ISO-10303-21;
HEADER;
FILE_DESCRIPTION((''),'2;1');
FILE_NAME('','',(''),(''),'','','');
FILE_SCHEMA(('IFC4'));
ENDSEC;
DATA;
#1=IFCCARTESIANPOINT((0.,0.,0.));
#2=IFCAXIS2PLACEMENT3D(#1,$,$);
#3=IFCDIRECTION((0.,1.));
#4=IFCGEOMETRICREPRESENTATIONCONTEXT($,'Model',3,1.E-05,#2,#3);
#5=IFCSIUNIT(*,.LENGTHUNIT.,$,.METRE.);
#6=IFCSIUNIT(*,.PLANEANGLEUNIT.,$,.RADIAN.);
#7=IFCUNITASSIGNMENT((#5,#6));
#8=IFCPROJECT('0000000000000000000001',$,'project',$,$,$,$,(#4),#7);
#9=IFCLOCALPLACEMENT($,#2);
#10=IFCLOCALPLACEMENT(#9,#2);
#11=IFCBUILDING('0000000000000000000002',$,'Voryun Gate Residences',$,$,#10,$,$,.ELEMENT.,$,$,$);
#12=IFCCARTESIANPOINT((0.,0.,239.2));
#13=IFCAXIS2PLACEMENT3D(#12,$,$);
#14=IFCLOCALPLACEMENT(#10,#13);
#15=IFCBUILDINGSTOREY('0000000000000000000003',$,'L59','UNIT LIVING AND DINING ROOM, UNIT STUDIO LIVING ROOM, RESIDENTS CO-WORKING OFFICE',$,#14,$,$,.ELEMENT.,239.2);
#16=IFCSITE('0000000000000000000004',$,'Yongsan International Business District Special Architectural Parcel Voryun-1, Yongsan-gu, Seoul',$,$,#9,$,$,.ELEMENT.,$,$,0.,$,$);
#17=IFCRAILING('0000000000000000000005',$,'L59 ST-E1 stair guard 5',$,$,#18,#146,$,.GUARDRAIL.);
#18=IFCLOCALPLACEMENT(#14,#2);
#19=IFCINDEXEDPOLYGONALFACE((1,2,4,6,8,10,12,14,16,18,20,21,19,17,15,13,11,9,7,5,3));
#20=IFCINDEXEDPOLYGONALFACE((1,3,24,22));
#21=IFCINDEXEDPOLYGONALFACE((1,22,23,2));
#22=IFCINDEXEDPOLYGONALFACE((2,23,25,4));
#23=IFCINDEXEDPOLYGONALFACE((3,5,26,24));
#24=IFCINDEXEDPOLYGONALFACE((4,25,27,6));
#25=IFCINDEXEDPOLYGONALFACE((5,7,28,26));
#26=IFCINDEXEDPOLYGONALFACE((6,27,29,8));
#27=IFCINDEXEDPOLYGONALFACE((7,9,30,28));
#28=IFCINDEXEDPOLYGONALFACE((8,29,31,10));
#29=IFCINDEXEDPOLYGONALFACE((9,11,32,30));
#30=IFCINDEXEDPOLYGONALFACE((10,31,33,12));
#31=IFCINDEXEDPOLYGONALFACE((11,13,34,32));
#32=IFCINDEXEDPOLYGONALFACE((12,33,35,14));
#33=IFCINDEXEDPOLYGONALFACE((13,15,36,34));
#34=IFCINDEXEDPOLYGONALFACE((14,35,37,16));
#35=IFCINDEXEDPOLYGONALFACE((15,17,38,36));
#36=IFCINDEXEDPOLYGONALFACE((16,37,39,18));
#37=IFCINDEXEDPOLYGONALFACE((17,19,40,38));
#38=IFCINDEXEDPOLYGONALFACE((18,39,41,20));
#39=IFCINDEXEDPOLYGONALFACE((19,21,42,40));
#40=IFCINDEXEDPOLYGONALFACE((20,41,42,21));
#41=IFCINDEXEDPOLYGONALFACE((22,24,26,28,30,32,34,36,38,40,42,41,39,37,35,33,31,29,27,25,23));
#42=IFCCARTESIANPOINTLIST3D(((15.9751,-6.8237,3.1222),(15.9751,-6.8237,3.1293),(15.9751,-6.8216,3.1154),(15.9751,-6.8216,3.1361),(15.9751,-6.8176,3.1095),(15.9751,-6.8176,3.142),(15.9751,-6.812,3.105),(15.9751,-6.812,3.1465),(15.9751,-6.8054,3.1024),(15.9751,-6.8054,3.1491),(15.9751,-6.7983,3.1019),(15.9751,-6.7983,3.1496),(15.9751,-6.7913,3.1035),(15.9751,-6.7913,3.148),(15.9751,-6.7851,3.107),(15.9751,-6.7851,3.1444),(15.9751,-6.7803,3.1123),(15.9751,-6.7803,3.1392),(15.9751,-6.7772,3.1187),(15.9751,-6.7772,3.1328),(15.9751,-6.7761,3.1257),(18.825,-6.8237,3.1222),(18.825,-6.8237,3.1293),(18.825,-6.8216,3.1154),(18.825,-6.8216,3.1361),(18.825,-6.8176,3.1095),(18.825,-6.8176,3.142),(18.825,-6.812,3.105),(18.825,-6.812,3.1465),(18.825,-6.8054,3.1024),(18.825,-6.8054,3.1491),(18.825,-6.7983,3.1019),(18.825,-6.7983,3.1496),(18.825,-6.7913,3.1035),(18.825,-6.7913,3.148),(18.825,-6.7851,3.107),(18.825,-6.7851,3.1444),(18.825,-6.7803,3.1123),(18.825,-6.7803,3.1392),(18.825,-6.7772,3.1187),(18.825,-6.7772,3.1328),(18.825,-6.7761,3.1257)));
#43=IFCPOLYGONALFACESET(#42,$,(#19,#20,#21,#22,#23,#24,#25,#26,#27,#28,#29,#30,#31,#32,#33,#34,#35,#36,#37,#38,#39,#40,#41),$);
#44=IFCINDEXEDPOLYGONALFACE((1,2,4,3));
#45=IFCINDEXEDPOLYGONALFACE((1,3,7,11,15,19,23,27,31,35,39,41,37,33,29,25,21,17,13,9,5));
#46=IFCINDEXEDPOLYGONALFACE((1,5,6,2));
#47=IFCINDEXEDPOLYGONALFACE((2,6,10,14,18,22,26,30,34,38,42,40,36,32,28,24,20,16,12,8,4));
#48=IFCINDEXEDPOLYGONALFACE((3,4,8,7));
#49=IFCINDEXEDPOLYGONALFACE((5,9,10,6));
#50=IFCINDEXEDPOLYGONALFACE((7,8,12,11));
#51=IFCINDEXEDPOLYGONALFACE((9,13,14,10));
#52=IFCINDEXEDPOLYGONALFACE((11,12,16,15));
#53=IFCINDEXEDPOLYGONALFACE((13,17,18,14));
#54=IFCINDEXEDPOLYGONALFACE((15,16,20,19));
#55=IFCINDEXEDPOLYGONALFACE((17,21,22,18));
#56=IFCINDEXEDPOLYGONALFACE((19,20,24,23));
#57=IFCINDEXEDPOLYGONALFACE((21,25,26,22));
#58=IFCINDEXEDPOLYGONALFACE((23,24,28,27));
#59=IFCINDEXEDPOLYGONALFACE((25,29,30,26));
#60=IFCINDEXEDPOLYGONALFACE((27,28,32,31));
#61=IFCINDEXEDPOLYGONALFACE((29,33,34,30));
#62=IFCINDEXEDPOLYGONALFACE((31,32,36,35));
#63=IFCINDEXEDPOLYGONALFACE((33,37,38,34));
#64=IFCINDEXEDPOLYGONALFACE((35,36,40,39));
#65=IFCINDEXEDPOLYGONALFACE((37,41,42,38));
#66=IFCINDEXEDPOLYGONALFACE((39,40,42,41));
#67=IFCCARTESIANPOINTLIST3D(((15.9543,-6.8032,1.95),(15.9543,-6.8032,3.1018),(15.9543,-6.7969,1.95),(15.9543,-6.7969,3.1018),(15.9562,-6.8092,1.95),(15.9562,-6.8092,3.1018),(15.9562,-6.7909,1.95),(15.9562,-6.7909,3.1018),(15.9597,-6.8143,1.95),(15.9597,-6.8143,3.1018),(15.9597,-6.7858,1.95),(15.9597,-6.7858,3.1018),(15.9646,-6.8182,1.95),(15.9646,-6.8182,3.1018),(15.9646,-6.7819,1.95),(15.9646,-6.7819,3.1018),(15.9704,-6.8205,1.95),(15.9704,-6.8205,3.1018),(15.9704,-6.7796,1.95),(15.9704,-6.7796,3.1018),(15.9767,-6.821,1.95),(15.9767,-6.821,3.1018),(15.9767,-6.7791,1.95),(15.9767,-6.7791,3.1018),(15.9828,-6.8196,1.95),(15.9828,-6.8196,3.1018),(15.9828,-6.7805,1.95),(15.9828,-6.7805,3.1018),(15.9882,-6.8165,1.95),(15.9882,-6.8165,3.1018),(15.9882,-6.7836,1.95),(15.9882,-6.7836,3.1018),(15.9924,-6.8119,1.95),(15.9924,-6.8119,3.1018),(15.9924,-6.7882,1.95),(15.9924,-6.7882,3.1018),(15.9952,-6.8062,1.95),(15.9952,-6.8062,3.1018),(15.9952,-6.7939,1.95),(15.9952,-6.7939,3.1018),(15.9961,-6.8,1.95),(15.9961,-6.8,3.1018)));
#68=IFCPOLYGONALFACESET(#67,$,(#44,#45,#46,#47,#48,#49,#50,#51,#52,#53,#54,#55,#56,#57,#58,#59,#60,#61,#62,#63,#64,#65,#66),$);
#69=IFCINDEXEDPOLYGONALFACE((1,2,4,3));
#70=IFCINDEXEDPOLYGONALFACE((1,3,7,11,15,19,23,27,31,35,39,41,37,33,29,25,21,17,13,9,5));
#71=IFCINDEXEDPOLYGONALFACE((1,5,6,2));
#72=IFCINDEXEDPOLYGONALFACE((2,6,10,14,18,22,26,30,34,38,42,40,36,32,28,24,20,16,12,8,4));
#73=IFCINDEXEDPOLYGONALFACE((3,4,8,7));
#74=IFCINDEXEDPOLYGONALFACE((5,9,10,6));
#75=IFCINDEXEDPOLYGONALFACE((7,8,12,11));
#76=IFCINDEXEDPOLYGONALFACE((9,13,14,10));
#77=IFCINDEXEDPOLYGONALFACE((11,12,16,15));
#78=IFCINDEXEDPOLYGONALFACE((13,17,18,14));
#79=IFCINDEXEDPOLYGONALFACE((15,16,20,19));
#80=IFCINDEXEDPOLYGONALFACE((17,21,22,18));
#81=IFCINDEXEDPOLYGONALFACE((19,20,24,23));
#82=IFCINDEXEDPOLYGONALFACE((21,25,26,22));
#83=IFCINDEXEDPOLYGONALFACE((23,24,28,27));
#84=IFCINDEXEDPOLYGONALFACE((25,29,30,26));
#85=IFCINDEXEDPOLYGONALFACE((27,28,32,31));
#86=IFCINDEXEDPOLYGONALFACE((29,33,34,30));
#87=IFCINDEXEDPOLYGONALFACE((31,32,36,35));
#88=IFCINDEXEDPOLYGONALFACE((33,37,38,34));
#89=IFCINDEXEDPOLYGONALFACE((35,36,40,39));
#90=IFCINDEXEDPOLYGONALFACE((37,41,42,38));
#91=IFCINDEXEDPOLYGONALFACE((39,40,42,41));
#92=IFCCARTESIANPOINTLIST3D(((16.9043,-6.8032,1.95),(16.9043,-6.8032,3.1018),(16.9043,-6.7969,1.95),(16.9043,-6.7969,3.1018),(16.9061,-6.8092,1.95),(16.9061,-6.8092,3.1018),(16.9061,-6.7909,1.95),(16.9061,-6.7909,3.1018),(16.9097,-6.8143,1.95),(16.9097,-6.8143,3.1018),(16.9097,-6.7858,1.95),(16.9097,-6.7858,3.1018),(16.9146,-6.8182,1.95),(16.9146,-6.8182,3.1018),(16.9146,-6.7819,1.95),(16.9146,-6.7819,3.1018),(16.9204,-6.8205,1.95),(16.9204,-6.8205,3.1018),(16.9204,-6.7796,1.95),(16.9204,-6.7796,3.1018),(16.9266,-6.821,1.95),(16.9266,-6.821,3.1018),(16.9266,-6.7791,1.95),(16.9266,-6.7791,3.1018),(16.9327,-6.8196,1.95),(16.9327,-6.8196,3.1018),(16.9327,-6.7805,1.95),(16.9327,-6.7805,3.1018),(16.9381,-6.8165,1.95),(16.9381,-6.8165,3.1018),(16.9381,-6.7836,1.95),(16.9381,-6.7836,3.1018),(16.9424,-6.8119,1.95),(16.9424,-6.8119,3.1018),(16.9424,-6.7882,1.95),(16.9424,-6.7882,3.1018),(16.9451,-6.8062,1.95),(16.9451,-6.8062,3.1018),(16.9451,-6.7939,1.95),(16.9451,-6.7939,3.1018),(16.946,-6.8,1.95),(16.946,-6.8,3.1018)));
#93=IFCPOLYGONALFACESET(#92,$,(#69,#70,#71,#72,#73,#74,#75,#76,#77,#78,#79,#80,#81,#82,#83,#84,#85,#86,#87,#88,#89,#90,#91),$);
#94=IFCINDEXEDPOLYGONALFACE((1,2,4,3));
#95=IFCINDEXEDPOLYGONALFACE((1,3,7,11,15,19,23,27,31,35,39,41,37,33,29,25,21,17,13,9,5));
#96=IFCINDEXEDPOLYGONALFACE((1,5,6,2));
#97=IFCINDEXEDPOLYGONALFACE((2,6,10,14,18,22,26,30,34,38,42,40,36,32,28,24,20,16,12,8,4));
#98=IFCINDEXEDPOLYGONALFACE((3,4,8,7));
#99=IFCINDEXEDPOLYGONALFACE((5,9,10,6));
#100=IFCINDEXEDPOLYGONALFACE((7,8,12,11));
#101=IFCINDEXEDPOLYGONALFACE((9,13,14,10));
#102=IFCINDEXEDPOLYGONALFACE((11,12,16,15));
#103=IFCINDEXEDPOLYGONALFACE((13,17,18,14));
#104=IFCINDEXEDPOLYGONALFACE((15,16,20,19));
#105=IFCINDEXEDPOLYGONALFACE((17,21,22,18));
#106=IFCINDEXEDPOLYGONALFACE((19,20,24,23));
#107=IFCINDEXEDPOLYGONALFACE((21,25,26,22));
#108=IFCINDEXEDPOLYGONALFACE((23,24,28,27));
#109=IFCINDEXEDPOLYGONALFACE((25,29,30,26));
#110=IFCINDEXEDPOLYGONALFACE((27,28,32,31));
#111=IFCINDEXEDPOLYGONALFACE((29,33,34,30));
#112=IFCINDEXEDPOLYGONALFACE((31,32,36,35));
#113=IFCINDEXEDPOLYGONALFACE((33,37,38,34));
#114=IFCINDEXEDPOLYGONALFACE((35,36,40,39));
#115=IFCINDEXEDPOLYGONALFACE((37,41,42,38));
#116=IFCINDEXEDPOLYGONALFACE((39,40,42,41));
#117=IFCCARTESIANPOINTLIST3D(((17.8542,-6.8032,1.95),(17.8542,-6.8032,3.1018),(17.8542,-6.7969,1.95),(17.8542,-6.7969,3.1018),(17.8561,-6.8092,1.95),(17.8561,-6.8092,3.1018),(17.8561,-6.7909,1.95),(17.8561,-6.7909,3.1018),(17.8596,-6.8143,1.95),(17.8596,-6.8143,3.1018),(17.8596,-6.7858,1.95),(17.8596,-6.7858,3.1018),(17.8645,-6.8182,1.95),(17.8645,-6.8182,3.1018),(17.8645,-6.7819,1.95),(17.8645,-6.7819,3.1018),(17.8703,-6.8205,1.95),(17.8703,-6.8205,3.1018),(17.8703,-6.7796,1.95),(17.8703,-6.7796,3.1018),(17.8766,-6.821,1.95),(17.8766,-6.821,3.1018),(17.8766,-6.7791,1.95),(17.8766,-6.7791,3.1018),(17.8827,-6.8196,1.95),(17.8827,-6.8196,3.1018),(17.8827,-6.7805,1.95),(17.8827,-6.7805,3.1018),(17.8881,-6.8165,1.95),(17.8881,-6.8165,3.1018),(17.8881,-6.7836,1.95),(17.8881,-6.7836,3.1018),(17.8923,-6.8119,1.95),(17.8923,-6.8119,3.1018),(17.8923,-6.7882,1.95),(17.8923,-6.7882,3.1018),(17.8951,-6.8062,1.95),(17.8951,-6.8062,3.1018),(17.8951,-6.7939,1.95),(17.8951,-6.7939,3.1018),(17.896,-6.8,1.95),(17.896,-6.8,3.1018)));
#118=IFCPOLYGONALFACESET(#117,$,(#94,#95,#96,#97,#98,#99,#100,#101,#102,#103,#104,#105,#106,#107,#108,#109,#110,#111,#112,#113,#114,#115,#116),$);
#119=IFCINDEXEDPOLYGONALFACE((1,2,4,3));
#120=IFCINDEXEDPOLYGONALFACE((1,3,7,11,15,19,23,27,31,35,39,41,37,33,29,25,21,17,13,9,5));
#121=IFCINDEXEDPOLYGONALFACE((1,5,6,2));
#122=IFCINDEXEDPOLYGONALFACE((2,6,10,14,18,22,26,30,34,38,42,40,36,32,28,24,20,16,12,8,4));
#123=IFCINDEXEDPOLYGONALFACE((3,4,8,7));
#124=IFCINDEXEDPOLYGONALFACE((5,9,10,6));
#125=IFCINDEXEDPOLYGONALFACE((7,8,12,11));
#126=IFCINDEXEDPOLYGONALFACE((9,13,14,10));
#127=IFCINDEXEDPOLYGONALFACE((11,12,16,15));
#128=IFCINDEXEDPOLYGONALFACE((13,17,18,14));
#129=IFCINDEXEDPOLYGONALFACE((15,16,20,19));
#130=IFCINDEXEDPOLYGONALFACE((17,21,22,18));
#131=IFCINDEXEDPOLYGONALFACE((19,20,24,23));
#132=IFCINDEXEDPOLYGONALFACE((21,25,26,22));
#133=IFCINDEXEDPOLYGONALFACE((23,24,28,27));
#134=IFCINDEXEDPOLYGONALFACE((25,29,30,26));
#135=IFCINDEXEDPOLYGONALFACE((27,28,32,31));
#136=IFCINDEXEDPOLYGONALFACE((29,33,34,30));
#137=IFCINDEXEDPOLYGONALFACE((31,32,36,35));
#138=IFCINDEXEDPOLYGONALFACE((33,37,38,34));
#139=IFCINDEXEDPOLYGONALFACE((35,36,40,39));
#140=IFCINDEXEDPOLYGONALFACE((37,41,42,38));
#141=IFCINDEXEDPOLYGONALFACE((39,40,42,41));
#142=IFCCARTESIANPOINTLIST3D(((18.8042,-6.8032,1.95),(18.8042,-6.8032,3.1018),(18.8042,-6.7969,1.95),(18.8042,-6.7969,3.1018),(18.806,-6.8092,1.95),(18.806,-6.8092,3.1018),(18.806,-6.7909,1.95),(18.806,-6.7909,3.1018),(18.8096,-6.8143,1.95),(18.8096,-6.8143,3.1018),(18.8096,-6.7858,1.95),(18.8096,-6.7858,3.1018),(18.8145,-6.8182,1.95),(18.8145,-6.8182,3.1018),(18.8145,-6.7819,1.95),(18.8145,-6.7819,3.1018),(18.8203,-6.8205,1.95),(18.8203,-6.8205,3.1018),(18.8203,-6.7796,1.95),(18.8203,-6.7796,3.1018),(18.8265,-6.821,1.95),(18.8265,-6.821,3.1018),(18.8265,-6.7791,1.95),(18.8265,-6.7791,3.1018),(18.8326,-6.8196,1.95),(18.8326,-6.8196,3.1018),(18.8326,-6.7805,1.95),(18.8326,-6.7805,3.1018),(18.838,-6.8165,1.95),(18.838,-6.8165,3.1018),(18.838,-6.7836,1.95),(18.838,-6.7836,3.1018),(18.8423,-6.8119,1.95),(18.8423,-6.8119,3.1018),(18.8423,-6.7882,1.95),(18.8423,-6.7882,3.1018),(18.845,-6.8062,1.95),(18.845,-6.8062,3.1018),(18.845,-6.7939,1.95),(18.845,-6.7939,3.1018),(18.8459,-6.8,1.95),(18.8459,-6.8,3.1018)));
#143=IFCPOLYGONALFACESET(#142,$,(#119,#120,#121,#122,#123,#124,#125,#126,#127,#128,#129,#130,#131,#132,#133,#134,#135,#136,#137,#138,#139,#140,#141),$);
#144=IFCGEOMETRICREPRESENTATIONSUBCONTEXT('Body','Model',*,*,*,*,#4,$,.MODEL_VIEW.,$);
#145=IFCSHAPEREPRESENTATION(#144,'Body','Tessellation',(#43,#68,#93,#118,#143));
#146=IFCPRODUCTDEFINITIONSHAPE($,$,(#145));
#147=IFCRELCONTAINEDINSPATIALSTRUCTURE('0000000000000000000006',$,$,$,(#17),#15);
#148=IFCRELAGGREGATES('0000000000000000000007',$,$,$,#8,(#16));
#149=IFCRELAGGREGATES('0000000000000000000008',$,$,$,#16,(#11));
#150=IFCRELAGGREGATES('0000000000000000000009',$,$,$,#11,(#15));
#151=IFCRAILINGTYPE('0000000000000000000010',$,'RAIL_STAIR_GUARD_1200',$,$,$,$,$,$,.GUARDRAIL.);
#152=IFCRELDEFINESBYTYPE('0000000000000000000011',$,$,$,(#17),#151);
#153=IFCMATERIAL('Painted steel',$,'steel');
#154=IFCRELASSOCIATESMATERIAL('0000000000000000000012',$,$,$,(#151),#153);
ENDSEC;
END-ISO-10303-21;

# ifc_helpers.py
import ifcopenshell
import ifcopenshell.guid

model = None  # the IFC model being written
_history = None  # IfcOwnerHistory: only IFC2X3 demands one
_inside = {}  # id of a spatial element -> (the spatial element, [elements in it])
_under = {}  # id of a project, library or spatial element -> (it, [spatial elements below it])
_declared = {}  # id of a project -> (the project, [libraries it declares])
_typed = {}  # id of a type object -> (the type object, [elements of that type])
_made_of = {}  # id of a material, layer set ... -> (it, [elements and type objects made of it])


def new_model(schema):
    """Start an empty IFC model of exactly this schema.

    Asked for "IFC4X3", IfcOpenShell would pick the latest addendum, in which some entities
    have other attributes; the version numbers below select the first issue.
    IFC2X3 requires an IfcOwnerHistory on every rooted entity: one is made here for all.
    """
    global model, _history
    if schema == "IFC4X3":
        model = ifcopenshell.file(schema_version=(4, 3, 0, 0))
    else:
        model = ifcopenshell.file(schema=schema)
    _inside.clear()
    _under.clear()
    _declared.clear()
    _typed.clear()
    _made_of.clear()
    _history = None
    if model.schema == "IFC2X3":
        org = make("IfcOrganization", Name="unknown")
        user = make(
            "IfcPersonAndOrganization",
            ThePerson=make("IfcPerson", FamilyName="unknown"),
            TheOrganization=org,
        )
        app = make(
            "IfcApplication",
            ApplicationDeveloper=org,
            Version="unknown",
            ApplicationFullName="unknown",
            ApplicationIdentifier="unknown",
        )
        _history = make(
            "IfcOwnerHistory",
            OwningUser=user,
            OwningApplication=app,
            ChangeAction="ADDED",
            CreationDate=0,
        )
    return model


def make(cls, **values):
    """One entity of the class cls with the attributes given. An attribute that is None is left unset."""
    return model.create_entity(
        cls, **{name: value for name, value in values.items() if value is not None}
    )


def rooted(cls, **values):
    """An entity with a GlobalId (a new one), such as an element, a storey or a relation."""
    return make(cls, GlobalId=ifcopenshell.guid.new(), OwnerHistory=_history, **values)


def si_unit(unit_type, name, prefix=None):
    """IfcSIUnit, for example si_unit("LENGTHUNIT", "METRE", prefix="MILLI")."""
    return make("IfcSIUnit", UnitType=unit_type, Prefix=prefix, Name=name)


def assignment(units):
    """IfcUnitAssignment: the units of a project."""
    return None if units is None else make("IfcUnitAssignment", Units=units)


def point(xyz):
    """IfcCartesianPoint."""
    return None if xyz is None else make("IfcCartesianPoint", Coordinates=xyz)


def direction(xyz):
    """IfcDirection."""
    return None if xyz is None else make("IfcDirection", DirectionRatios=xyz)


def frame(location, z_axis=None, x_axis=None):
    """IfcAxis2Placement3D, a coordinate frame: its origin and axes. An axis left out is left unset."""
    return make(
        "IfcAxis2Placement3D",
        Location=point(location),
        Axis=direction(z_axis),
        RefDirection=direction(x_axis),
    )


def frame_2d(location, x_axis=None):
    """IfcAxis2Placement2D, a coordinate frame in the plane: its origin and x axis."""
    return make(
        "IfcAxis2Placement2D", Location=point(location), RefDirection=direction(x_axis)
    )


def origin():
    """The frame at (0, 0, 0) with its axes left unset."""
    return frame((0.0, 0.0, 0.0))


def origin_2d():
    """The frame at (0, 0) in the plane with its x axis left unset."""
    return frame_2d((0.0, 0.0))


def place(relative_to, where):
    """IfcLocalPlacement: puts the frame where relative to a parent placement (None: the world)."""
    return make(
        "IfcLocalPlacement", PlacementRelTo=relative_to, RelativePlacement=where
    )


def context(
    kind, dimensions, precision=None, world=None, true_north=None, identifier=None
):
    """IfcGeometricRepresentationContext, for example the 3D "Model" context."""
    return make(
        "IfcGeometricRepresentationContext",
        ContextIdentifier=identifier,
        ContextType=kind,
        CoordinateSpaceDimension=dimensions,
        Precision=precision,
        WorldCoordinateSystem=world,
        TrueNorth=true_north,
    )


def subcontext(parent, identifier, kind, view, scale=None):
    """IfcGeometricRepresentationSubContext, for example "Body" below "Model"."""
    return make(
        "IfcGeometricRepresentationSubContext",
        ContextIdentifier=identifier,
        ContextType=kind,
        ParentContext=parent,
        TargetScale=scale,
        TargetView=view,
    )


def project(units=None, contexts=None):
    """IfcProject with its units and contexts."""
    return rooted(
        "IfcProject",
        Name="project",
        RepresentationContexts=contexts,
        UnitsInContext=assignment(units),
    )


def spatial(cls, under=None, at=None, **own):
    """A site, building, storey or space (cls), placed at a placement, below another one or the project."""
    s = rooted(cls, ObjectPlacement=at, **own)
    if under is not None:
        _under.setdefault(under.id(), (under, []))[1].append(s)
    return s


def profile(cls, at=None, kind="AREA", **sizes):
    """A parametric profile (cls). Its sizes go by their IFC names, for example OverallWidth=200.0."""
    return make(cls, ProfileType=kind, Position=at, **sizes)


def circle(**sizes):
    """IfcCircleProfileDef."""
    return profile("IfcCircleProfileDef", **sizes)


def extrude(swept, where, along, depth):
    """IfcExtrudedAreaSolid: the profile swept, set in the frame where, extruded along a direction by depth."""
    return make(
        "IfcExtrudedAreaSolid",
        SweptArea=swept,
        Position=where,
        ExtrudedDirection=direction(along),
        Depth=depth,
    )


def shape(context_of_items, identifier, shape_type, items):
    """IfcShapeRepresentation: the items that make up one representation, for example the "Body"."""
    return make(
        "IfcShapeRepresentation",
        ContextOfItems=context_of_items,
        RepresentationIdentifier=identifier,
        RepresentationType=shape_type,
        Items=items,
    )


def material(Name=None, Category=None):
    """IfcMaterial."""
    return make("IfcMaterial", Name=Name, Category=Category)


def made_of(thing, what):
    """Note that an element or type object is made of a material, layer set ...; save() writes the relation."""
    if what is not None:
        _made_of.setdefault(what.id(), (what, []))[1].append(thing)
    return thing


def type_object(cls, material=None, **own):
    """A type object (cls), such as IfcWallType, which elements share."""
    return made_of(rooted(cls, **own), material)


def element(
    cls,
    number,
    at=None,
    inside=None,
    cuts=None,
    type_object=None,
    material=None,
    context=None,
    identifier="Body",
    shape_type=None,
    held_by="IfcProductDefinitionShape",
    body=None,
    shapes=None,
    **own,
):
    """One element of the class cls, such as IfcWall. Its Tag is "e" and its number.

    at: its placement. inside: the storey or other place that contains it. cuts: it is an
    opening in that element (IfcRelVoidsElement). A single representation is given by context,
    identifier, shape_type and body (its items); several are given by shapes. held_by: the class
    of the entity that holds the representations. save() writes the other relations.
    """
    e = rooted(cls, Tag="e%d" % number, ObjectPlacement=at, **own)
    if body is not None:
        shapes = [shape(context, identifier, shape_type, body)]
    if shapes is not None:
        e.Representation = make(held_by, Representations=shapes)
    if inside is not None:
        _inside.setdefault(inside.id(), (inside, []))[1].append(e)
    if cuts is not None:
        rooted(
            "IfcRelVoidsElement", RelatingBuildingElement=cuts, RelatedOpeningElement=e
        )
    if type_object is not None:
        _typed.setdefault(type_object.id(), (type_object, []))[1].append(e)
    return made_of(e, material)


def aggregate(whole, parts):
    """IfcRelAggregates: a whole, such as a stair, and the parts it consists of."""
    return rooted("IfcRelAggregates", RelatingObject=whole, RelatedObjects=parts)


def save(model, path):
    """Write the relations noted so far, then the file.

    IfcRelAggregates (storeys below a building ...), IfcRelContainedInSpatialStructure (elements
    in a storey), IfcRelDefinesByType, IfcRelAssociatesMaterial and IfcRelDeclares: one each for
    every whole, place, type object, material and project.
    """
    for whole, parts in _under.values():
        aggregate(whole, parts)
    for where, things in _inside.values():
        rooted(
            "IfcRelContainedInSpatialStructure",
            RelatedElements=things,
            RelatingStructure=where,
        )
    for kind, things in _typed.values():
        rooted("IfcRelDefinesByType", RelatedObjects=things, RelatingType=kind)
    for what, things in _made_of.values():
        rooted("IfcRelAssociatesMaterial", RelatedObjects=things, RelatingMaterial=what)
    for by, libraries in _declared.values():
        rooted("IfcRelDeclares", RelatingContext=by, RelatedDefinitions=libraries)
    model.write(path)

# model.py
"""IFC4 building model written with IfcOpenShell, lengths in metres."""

from ifc_helpers import new_model, si_unit, direction, frame, origin, origin_2d, place, context, subcontext, project, spatial, circle, extrude, material, type_object, element, save


model = new_model("IFC4")

# Units and contexts
model_context = context("Model", 3, precision=1e-05, world=origin(), true_north=direction((0.0, 1.0)))
body_context = subcontext(model_context, "Body", "Model", "MODEL_VIEW")
ifc_project = project(units=[si_unit("LENGTHUNIT", "METRE"), si_unit("PLANEANGLEUNIT", "RADIAN")], contexts=[model_context])

# Site, building, storey
site_placement = place(None, origin())
site = spatial("IfcSite", under=ifc_project, at=site_placement, Name="Yongsan International Business District Special Architectural Parcel Voryun-1, Yongsan-gu, Seoul", CompositionType="ELEMENT", RefElevation=0.0)
building_placement = place(site_placement, origin())
building = spatial("IfcBuilding", under=site, at=building_placement, Name="Voryun Gate Residences", CompositionType="ELEMENT")
storey_placement = place(building_placement, frame((0.0, 0.0, 239.2)))
storey = spatial("IfcBuildingStorey", under=building, at=storey_placement, Name="L59", Description="UNIT LIVING AND DINING ROOM, UNIT STUDIO LIVING ROOM, RESIDENTS CO-WORKING OFFICE", CompositionType="ELEMENT", Elevation=239.2)

# Railing
ifc_material_1 = material(Name="Painted steel", Category="steel")
railing_type_1 = type_object("IfcRailingType", Name="RAIL_STAIR_GUARD_1200", PredefinedType="GUARDRAIL", material=ifc_material_1)
railing_1_placement = place(storey_placement, frame((15.9751, -6.8, 1.95)))
element("IfcRailing", 1, at=railing_1_placement, inside=storey, type_object=railing_type_1, Name="L59 ST-E1 stair guard 5", PredefinedType="GUARDRAIL", context=body_context, shape_type="SweptSolid", body=[
    extrude(circle(Radius=0.0239, at=origin_2d()), frame((0.0, 0.0, 1.1758), z_axis=(1.0, 0.0, 0.0), x_axis=(0.0, 1.0, 0.0)), (0.0, 0.0, 1.0), 2.8499),
    extrude(circle(Radius=0.021, at=origin_2d()), origin(), (0.0, 0.0, 1.0), 1.1519),
    extrude(circle(Radius=0.021, at=origin_2d()), frame((0.95, 0.0, 0.0)), (0.0, 0.0, 1.0), 1.1519),
    extrude(circle(Radius=0.021, at=origin_2d()), frame((1.8999, 0.0, 0.0)), (0.0, 0.0, 1.0), 1.1519),
    extrude(circle(Radius=0.021, at=origin_2d()), frame((2.8499, 0.0, 0.0)), (0.0, 0.0, 1.0), 1.1519),
])

save(model, "model.ifc")
